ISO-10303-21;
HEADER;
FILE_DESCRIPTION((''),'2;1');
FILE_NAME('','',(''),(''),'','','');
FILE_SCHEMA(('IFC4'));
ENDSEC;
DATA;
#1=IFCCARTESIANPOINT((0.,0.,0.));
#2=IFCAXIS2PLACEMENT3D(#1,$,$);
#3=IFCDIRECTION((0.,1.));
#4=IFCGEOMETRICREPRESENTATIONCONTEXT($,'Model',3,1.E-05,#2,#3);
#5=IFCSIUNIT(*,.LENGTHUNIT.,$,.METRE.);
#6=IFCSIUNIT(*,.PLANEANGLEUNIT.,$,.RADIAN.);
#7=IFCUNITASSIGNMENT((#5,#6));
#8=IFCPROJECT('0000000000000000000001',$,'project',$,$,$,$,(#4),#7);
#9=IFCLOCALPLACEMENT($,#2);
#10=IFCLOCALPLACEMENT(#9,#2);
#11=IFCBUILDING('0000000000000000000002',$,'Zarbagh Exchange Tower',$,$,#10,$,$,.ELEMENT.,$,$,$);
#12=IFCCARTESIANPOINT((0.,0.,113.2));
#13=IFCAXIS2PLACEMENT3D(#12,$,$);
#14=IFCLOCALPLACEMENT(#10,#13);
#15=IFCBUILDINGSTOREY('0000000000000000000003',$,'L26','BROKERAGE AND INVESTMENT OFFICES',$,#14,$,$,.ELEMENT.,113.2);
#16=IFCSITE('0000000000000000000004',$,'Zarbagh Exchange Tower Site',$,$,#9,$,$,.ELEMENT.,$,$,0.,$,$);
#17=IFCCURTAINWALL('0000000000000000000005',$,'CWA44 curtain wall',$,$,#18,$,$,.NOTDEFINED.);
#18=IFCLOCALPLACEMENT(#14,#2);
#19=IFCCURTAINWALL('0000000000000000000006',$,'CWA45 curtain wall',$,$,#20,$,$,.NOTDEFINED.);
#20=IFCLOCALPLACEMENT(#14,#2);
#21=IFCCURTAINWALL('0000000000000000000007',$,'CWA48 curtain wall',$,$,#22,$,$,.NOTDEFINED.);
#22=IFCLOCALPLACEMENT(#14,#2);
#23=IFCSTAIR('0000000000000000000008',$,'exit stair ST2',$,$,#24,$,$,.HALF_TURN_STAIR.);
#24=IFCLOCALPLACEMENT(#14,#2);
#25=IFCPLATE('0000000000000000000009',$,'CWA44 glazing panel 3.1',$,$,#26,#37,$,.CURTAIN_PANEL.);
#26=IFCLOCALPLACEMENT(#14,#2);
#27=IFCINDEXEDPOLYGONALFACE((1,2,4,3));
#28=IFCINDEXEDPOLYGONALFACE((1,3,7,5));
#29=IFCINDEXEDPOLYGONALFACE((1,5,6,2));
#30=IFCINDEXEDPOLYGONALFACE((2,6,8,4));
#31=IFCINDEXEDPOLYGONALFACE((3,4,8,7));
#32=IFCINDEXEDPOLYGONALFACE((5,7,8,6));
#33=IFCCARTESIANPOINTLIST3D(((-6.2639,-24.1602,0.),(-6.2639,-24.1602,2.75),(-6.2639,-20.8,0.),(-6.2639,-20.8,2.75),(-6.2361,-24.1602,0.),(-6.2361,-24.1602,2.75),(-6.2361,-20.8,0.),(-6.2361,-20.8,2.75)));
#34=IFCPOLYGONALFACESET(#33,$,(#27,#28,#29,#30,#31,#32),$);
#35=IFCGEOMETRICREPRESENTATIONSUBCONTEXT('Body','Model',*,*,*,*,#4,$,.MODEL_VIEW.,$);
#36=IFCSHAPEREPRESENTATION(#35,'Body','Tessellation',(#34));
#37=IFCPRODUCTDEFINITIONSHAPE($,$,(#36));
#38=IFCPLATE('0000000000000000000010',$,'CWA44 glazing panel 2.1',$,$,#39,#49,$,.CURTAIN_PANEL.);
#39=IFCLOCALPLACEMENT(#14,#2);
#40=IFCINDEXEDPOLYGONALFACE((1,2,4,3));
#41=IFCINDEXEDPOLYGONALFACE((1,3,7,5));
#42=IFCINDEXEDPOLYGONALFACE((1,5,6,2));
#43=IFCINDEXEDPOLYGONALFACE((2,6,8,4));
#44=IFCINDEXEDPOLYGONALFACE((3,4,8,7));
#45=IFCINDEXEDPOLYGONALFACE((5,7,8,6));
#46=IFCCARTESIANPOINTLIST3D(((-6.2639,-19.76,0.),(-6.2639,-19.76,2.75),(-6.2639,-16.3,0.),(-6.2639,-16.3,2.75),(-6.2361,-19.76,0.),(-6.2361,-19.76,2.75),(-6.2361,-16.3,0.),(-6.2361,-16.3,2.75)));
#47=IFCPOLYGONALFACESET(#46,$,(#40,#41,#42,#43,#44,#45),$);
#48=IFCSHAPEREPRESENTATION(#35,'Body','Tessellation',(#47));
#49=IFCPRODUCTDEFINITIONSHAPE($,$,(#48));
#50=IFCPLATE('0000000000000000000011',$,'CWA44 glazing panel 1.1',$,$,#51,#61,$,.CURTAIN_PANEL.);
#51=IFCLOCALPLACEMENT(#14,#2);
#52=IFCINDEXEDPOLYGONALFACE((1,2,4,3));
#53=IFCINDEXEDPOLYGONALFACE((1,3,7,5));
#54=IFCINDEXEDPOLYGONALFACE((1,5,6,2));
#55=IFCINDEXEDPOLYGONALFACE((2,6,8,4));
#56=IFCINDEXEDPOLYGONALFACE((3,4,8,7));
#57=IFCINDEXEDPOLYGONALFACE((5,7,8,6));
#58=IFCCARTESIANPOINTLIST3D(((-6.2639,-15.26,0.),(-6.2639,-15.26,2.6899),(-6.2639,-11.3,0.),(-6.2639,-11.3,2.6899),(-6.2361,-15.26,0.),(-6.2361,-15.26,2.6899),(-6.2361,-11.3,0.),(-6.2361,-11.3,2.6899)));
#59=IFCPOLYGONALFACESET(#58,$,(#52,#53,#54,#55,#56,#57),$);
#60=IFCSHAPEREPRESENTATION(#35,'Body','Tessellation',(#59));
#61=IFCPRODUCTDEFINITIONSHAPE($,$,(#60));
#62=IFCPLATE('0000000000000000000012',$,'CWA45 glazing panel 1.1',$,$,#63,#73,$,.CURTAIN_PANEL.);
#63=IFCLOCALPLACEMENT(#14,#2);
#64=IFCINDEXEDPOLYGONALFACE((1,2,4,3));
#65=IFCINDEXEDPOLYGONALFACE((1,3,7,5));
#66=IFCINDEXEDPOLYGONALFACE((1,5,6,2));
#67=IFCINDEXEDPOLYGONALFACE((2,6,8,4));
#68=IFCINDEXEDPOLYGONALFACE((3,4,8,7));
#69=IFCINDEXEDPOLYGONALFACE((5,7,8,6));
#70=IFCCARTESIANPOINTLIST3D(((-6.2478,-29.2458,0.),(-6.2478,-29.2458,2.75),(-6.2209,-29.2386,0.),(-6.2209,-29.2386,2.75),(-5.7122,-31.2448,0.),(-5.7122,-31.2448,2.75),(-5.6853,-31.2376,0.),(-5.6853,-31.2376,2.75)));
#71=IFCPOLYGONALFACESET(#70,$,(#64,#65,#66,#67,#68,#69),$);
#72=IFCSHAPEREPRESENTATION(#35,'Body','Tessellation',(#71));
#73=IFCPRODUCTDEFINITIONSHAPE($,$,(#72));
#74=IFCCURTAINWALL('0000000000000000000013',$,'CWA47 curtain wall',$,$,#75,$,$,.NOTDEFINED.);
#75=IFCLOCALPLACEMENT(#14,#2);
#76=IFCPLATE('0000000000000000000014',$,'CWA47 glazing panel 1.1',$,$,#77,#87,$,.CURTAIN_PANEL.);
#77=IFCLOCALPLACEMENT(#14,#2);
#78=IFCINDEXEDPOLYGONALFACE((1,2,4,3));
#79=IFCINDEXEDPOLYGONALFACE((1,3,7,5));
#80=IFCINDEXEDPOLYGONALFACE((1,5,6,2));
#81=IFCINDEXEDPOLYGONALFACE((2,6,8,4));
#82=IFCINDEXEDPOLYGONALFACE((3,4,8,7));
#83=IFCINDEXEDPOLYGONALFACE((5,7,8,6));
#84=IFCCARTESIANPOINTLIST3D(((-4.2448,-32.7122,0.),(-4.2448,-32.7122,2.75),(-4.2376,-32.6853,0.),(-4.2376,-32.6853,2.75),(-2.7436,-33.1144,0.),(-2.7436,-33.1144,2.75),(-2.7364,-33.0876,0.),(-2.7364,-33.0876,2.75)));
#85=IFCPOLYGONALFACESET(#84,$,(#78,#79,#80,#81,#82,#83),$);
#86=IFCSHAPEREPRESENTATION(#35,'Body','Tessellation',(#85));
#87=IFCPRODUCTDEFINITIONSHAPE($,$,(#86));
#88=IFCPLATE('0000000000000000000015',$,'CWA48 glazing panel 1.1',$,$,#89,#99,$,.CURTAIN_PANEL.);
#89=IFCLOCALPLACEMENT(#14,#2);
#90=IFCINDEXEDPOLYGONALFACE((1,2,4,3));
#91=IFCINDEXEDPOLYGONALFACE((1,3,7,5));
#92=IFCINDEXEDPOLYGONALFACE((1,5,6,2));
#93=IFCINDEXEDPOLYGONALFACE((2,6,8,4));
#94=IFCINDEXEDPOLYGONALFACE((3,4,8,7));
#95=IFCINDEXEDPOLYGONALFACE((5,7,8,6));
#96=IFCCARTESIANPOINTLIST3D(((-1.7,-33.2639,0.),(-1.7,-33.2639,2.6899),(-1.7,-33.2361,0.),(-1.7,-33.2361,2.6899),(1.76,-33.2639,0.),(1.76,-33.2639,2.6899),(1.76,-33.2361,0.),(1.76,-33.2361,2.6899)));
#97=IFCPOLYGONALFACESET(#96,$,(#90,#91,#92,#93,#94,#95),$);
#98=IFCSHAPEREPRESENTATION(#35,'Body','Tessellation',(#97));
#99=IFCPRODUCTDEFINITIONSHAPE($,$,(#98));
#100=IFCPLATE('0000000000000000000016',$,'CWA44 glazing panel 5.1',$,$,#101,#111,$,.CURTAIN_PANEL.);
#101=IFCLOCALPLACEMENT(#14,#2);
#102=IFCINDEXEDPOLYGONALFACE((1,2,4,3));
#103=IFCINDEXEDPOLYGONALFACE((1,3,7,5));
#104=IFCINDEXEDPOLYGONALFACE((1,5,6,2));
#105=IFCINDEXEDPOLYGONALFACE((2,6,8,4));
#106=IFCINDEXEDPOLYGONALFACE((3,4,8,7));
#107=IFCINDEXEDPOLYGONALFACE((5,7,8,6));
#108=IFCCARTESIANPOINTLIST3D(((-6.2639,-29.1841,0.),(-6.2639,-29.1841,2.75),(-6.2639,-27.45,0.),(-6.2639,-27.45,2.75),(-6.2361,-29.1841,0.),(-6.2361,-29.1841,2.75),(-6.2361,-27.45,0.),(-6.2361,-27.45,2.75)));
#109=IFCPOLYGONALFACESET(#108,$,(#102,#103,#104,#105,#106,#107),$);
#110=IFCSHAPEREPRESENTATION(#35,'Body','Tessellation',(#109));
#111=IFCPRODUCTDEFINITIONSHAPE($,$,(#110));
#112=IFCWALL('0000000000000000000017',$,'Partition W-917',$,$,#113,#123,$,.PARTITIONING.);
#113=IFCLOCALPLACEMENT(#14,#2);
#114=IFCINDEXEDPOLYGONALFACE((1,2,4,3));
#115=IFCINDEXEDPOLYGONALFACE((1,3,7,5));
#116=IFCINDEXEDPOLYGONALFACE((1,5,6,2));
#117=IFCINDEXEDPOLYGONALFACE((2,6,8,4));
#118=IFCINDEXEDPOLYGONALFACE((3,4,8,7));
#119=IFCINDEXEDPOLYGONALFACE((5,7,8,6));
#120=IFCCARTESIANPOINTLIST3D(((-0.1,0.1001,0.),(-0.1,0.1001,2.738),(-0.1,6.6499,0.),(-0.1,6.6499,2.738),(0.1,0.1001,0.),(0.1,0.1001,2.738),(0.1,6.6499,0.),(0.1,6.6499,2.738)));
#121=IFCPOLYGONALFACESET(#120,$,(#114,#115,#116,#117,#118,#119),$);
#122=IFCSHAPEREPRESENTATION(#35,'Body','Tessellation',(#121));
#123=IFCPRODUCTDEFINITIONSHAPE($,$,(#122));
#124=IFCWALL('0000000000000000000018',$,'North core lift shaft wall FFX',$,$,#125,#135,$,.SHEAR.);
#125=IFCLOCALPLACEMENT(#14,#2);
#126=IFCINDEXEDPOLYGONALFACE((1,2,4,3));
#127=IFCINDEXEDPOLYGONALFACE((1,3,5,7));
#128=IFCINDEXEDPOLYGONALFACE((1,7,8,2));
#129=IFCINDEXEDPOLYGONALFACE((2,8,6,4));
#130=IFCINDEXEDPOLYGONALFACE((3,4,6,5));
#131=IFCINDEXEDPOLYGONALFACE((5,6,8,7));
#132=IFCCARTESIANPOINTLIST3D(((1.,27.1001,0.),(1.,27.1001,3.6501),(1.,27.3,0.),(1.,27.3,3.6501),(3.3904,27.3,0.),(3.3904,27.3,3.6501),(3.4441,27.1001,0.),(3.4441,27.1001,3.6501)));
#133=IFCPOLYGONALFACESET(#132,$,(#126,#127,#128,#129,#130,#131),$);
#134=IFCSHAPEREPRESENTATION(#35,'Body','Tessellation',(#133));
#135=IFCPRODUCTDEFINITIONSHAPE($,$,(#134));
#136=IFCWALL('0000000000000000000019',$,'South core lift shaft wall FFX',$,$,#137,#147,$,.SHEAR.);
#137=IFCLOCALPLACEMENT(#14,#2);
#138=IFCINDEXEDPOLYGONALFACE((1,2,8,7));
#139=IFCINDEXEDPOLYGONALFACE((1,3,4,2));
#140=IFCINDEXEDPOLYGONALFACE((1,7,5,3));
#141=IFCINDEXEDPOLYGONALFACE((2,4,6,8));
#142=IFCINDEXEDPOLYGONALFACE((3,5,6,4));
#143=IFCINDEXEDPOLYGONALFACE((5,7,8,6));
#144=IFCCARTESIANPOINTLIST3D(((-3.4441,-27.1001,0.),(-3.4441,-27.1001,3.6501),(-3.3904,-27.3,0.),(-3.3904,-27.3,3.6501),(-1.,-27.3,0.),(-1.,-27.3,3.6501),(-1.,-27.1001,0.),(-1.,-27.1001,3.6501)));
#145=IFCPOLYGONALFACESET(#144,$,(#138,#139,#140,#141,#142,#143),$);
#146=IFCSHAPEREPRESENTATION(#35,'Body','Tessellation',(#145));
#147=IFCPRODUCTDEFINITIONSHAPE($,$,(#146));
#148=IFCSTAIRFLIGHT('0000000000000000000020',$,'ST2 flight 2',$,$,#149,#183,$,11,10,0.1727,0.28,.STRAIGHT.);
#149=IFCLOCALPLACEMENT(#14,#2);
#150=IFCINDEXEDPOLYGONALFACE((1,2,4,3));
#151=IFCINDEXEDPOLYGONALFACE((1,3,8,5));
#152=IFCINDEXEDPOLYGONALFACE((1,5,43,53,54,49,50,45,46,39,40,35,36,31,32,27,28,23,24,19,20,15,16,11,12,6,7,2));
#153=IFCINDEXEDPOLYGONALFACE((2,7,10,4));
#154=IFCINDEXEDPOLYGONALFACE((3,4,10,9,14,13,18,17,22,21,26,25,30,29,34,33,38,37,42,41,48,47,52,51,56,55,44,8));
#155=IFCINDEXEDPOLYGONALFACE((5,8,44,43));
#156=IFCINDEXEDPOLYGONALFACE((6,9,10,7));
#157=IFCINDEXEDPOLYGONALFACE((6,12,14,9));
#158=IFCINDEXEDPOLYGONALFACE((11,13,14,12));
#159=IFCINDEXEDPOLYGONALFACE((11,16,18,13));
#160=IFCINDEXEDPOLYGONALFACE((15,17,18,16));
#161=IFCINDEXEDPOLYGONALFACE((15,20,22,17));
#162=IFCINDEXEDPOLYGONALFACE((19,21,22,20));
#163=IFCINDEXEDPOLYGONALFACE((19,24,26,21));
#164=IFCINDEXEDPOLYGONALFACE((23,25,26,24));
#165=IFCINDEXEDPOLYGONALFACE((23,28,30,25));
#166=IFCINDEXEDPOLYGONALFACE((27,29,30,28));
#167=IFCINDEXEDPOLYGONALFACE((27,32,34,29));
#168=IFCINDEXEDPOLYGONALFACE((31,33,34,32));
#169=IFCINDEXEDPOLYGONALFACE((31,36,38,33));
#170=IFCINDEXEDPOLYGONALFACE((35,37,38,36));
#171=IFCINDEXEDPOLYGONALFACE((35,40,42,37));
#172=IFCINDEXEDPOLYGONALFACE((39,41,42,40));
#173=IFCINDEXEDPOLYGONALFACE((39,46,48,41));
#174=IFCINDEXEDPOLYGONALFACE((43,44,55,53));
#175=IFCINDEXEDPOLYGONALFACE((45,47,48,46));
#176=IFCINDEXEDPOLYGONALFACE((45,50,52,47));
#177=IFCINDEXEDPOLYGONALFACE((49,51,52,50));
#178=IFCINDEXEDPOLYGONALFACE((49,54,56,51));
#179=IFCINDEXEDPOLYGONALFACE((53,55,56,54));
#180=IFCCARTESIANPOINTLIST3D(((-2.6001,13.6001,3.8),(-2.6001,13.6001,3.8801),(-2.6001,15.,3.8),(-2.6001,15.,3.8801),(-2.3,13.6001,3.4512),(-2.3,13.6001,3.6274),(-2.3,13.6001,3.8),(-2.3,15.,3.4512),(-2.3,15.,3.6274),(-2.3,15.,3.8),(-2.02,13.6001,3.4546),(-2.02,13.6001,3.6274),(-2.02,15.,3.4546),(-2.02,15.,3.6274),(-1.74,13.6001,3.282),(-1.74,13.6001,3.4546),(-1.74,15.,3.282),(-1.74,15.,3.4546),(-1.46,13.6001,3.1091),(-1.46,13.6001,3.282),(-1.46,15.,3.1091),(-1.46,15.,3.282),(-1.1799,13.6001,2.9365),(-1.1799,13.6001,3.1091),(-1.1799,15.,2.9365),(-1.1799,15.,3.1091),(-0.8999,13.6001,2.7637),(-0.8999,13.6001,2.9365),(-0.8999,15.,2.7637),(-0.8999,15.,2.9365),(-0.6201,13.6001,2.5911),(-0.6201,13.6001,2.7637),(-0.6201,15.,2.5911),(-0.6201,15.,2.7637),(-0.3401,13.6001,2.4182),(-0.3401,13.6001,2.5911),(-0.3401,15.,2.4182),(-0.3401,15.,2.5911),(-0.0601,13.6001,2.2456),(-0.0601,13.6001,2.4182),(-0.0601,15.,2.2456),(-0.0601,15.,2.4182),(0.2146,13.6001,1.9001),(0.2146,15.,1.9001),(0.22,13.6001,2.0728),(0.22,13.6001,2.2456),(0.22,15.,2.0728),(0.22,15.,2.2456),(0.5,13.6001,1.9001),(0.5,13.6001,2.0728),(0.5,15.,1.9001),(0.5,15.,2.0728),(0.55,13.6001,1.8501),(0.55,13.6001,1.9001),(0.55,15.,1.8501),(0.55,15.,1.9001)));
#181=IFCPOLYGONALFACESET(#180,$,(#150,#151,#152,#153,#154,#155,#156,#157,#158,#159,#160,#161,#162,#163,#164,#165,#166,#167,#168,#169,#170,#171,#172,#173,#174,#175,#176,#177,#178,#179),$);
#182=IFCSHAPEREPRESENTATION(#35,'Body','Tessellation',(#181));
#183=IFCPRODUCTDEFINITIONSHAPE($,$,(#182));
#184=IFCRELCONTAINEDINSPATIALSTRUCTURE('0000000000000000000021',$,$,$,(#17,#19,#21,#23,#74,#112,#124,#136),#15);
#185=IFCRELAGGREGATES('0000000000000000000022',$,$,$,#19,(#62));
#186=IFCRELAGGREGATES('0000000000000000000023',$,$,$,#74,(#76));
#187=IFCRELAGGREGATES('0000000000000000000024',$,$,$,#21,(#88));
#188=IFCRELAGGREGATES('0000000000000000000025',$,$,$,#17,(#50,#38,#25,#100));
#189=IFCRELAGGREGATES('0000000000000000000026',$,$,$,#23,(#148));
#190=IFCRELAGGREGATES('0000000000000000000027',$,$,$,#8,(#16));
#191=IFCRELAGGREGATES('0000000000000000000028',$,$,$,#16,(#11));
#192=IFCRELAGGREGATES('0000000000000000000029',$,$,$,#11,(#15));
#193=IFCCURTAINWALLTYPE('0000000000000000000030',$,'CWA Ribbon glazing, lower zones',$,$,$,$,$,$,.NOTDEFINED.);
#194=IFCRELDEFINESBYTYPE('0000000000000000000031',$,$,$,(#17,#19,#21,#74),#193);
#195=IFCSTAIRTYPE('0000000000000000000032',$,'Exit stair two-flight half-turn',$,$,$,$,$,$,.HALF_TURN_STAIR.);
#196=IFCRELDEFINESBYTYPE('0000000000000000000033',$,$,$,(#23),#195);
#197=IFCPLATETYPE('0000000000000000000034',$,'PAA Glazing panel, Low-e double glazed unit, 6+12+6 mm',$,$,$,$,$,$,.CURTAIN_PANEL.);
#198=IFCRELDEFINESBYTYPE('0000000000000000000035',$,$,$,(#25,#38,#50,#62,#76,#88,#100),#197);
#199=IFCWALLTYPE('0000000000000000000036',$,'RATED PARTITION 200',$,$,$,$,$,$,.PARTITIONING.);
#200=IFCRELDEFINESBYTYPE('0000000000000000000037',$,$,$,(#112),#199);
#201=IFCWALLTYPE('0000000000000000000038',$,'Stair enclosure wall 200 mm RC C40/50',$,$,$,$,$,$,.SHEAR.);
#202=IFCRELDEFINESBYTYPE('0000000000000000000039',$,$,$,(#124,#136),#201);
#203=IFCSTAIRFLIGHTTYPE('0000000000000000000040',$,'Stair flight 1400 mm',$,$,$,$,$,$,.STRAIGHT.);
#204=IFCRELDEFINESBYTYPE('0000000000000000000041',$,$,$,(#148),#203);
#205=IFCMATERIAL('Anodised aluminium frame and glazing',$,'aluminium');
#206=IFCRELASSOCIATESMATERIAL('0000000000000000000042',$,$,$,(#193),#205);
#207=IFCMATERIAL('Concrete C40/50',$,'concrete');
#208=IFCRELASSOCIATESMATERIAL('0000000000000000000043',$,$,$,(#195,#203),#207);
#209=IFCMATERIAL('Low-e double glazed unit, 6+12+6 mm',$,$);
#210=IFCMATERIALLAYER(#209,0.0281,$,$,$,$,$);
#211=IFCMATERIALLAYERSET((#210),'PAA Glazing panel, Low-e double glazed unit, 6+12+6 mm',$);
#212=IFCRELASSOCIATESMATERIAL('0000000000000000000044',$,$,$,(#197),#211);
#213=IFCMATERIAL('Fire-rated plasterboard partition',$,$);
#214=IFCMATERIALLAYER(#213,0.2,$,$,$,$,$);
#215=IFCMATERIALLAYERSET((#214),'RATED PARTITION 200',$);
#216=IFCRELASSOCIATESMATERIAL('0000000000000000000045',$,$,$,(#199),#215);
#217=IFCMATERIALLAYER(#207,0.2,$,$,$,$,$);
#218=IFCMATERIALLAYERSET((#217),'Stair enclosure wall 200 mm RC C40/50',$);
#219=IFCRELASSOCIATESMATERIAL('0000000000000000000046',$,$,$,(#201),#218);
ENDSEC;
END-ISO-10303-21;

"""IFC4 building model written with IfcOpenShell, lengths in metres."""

from ifc_helpers import new_model, si_unit, direction, frame, frame_2d, origin, place, context, subcontext, project, spatial, polyline, rectangle, outline, extrude, source, transform, mapped, material, layer, layer_set, type_object, element, aggregate, save


model = new_model("IFC4")

# Units and contexts
model_context = context("Model", 3, precision=1e-05, world=origin(), true_north=direction((0.0, 1.0)))
body_context = subcontext(model_context, "Body", "Model", "MODEL_VIEW")
ifc_project = project(units=[si_unit("LENGTHUNIT", "METRE"), si_unit("PLANEANGLEUNIT", "RADIAN")], contexts=[model_context])

# Site, building, storey
site_placement = place(None, origin())
site = spatial("IfcSite", under=ifc_project, at=site_placement, Name="Zarbagh Exchange Tower Site", CompositionType="ELEMENT", RefElevation=0.0)
building_placement = place(site_placement, origin())
building = spatial("IfcBuilding", under=site, at=building_placement, Name="Zarbagh Exchange Tower", CompositionType="ELEMENT")
storey_placement = place(building_placement, frame((0.0, 0.0, 113.2)))
storey = spatial("IfcBuildingStorey", under=building, at=storey_placement, Name="L26", Description="BROKERAGE AND INVESTMENT OFFICES", CompositionType="ELEMENT", Elevation=113.2)

# Curtain wall
ifc_material_1 = material(Name="Anodised aluminium frame and glazing", Category="aluminium")
curtain_wall_type = type_object("IfcCurtainWallType", Name="CWA Ribbon glazing, lower zones", PredefinedType="NOTDEFINED", material=ifc_material_1)
curtain_wall_1_placement = place(storey_placement, origin())
curtain_wall_1 = element("IfcCurtainWall", 1, at=curtain_wall_1_placement, inside=storey, type_object=curtain_wall_type, Name="CWA44 curtain wall", PredefinedType="NOTDEFINED")
placement = place(storey_placement, origin())

# Curtain walls
curtain_wall_2_placement = place(storey_placement, origin())
curtain_wall_2 = element("IfcCurtainWall", 2, at=curtain_wall_2_placement, inside=storey, type_object=curtain_wall_type, Name="CWA45 curtain wall", PredefinedType="NOTDEFINED")
curtain_wall_3_placement = place(storey_placement, origin())
curtain_wall_3 = element("IfcCurtainWall", 3, at=curtain_wall_3_placement, inside=storey, type_object=curtain_wall_type, Name="CWA48 curtain wall", PredefinedType="NOTDEFINED")

# Stair
ifc_material_2 = material(Name="Concrete C40/50", Category="concrete")
stair_type = type_object("IfcStairType", Name="Exit stair two-flight half-turn", PredefinedType="HALF_TURN_STAIR", material=ifc_material_2)
stair_1_placement = place(storey_placement, origin())
stair_1 = element("IfcStair", 4, at=stair_1_placement, inside=storey, type_object=stair_type, Name="exit stair ST2", PredefinedType="HALF_TURN_STAIR")

# Shared definitions
ifc_material_3 = material(Name="Low-e double glazed unit, 6+12+6 mm")
ifc_layer_1 = layer(ifc_material_3, 0.0281)
ifc_layer_set_1 = layer_set([ifc_layer_1], Name="PAA Glazing panel, Low-e double glazed unit, 6+12+6 mm")
plate_type = type_object("IfcPlateType", Name="PAA Glazing panel, Low-e double glazed unit, 6+12+6 mm", PredefinedType="CURTAIN_PANEL", material=ifc_layer_set_1)

# Plates
shared_shape_1 = source(origin(), body_context, "Body", "SweptSolid", [
    extrude(outline(polyline([(0.0, -0.0139), (3.3601, -0.0139), (3.3601, 0.0139), (0.0, 0.0139), (0.0, -0.0139)])), origin(), (0.0, 0.0, 1.0), 2.75),
])
plate_1 = element("IfcPlate", 5, at=placement, type_object=plate_type, Name="CWA44 glazing panel 3.1", PredefinedType="CURTAIN_PANEL", context=body_context, shape_type="MappedRepresentation", body=[
    mapped(shared_shape_1, transform((-6.25, -20.8, 0.0), x_axis=(0.0, -1.0, 0.0), y_axis=(1.0, 0.0, 0.0), z_axis=(0.0, 0.0, 1.0))),
])
shared_shape_2 = source(origin(), body_context, "Body", "SweptSolid", [
    extrude(outline(polyline([(0.0, -0.0139), (3.46, -0.0139), (3.46, 0.0139), (0.0, 0.0139), (0.0, -0.0139)])), origin(), (0.0, 0.0, 1.0), 2.75),
])
plate_2 = element("IfcPlate", 6, at=placement, type_object=plate_type, Name="CWA44 glazing panel 2.1", PredefinedType="CURTAIN_PANEL", context=body_context, shape_type="MappedRepresentation", body=[
    mapped(shared_shape_2, transform((-6.25, -16.3, 0.0), x_axis=(0.0, -1.0, 0.0), y_axis=(1.0, 0.0, 0.0), z_axis=(0.0, 0.0, 1.0))),
])
shared_shape_3 = source(origin(), body_context, "Body", "SweptSolid", [
    extrude(outline(polyline([(0.0, -0.0139), (3.96, -0.0139), (3.96, 0.0139), (0.0, 0.0139), (0.0, -0.0139)])), origin(), (0.0, 0.0, 1.0), 2.6899),
])
plate_3 = element("IfcPlate", 7, at=placement, type_object=plate_type, Name="CWA44 glazing panel 1.1", PredefinedType="CURTAIN_PANEL", context=body_context, shape_type="MappedRepresentation", body=[
    mapped(shared_shape_3, transform((-6.25, -11.3, 0.0), x_axis=(0.0, -1.0, 0.0), y_axis=(1.0, 0.0, 0.0), z_axis=(0.0, 0.0, 1.0))),
])
shared_shape_4 = source(origin(), body_context, "Body", "SweptSolid", [
    extrude(outline(polyline([(0.0, -0.0139), (2.0696, -0.0139), (2.0696, 0.0139), (0.0, 0.0139), (0.0, -0.0139)])), origin(), (0.0, 0.0, 1.0), 2.75),
])
plate_4 = element("IfcPlate", 8, at=placement, type_object=plate_type, Name="CWA45 glazing panel 1.1", PredefinedType="CURTAIN_PANEL", context=body_context, shape_type="MappedRepresentation", body=[
    mapped(shared_shape_4, transform((-6.2344, -29.2422, 0.0), x_axis=(0.258825, -0.965924, 0.0), y_axis=(0.965924, 0.258825, 0.0), z_axis=(0.0, 0.0, 1.0))),
])
aggregate(curtain_wall_2, [plate_4])

# Curtain wall, plate
curtain_wall_4_placement = place(storey_placement, origin())
curtain_wall_4 = element("IfcCurtainWall", 9, at=curtain_wall_4_placement, inside=storey, type_object=curtain_wall_type, Name="CWA47 curtain wall", PredefinedType="NOTDEFINED")
shared_shape_5 = source(origin(), body_context, "Body", "SweptSolid", [
    extrude(outline(polyline([(0.0, -0.0139), (1.5542, -0.0139), (1.5542, 0.0139), (0.0, 0.0139), (0.0, -0.0139)])), origin(), (0.0, 0.0, 1.0), 2.75),
])
plate_5 = element("IfcPlate", 10, at=placement, type_object=plate_type, Name="CWA47 glazing panel 1.1", PredefinedType="CURTAIN_PANEL", context=body_context, shape_type="MappedRepresentation", body=[
    mapped(shared_shape_5, transform((-4.2412, -32.6987, 0.0), x_axis=(0.965924, -0.258825, 0.0), y_axis=(0.258825, 0.965924, 0.0), z_axis=(0.0, 0.0, 1.0))),
])
aggregate(curtain_wall_4, [plate_5])

# Plates
shared_shape_6 = source(origin(), body_context, "Body", "SweptSolid", [
    extrude(outline(polyline([(0.0, -0.0139), (3.46, -0.0139), (3.46, 0.0139), (0.0, 0.0139), (0.0, -0.0139)])), origin(), (0.0, 0.0, 1.0), 2.6899),
])
plate_6 = element("IfcPlate", 11, at=placement, type_object=plate_type, Name="CWA48 glazing panel 1.1", PredefinedType="CURTAIN_PANEL", context=body_context, shape_type="MappedRepresentation", body=[
    mapped(shared_shape_6, transform((-1.7, -33.25, 0.0), x_axis=(1.0, 0.0, 0.0), y_axis=(0.0, 1.0, 0.0), z_axis=(0.0, 0.0, 1.0))),
])
aggregate(curtain_wall_3, [plate_6])
shared_shape_7 = source(origin(), body_context, "Body", "SweptSolid", [
    extrude(outline(polyline([(0.0, -0.0139), (1.7341, -0.0139), (1.7341, 0.0139), (0.0, 0.0139), (0.0, -0.0139)])), origin(), (0.0, 0.0, 1.0), 2.75),
])
plate_7 = element("IfcPlate", 12, at=placement, type_object=plate_type, Name="CWA44 glazing panel 5.1", PredefinedType="CURTAIN_PANEL", context=body_context, shape_type="MappedRepresentation", body=[
    mapped(shared_shape_7, transform((-6.25, -27.45, 0.0), x_axis=(0.0, -1.0, 0.0), y_axis=(1.0, 0.0, 0.0), z_axis=(0.0, 0.0, 1.0))),
])
aggregate(curtain_wall_1, [plate_3, plate_2, plate_1, plate_7])

# Walls
ifc_material_4 = material(Name="Fire-rated plasterboard partition")
ifc_layer_2 = layer(ifc_material_4, 0.2)
ifc_layer_set_2 = layer_set([ifc_layer_2], Name="RATED PARTITION 200")
wall_type_1 = type_object("IfcWallType", Name="RATED PARTITION 200", PredefinedType="PARTITIONING", material=ifc_layer_set_2)
wall_1_placement = place(storey_placement, frame((0.0, 0.1001, 0.0), z_axis=(0.0, 0.0, 1.0), x_axis=(0.0, 1.0, 0.0)))
element("IfcWall", 13, at=wall_1_placement, inside=storey, type_object=wall_type_1, Name="Partition W-917", PredefinedType="PARTITIONING", context=body_context, shape_type="SweptSolid", body=[
    extrude(rectangle(XDim=6.5498, YDim=0.2, at=frame_2d((3.2749, 0.0))), origin(), (0.0, 0.0, 1.0), 2.738),
])
ifc_layer_3 = layer(ifc_material_2, 0.2)
ifc_layer_set_3 = layer_set([ifc_layer_3], Name="Stair enclosure wall 200 mm RC C40/50")
wall_type_2 = type_object("IfcWallType", Name="Stair enclosure wall 200 mm RC C40/50", PredefinedType="SHEAR", material=ifc_layer_set_3)
wall_2_placement = place(storey_placement, origin())
element("IfcWall", 14, at=wall_2_placement, inside=storey, type_object=wall_type_2, Name="North core lift shaft wall FFX", PredefinedType="SHEAR", context=body_context, shape_type="SweptSolid", body=[
    extrude(outline(polyline([(1.0, 27.1001), (3.4441, 27.1001), (3.3904, 27.3), (1.0, 27.3), (1.0, 27.1001)])), origin(), (0.0, 0.0, 1.0), 3.6501),
])
wall_3_placement = place(storey_placement, origin())
element("IfcWall", 15, at=wall_3_placement, inside=storey, type_object=wall_type_2, Name="South core lift shaft wall FFX", PredefinedType="SHEAR", context=body_context, shape_type="SweptSolid", body=[
    extrude(outline(polyline([(-1.0, -27.1001), (-3.4441, -27.1001), (-3.3904, -27.3), (-1.0, -27.3), (-1.0, -27.1001)])), origin(), (0.0, 0.0, 1.0), 3.6501),
])

# Stair flight
stair_flight_type = type_object("IfcStairFlightType", Name="Stair flight 1400 mm", PredefinedType="STRAIGHT", material=ifc_material_2)
stair_flight_placement = place(storey_placement, frame((0.5, 14.3, 1.9001), z_axis=(0.0, 0.0, 1.0), x_axis=(-1.0, 0.0, 0.0)))
stair_flight = element("IfcStairFlight", 16, at=stair_flight_placement, type_object=stair_flight_type, Name="ST2 flight 2", NumberOfRisers=11, NumberOfTreads=10, PredefinedType="STRAIGHT", RiserHeight=0.1727, TreadLength=0.28, context=body_context, shape_type="SweptSolid", body=[
    extrude(outline(polyline([(-0.05, -0.05), (-0.05, 0.0), (0.0, 0.0), (0.0, 0.1726), (0.28, 0.1726), (0.28, 0.3455), (0.5601, 0.3455), (0.5601, 0.5181), (0.8401, 0.5181), (0.8401, 0.6909), (1.1201, 0.6909), (1.1201, 0.8635), (1.3999, 0.8635), (1.3999, 1.0364), (1.6799, 1.0364), (1.6799, 1.209), (1.96, 1.209), (1.96, 1.3818), (2.24, 1.3818), (2.24, 1.5544), (2.52, 1.5544), (2.52, 1.7273), (2.8, 1.7273), (2.8, 1.8999), (3.1001, 1.98), (3.1001, 1.8999), (2.8, 1.551), (0.2854, 0.0), (-0.05, -0.05)])), frame((0.0, 0.7, 0.0), z_axis=(0.0, -1.0, 0.0), x_axis=(1.0, 0.0, 0.0)), (0.0, 0.0, 1.0), 1.3999),
])
aggregate(stair_1, [stair_flight])

save(model, "model.ifc")
